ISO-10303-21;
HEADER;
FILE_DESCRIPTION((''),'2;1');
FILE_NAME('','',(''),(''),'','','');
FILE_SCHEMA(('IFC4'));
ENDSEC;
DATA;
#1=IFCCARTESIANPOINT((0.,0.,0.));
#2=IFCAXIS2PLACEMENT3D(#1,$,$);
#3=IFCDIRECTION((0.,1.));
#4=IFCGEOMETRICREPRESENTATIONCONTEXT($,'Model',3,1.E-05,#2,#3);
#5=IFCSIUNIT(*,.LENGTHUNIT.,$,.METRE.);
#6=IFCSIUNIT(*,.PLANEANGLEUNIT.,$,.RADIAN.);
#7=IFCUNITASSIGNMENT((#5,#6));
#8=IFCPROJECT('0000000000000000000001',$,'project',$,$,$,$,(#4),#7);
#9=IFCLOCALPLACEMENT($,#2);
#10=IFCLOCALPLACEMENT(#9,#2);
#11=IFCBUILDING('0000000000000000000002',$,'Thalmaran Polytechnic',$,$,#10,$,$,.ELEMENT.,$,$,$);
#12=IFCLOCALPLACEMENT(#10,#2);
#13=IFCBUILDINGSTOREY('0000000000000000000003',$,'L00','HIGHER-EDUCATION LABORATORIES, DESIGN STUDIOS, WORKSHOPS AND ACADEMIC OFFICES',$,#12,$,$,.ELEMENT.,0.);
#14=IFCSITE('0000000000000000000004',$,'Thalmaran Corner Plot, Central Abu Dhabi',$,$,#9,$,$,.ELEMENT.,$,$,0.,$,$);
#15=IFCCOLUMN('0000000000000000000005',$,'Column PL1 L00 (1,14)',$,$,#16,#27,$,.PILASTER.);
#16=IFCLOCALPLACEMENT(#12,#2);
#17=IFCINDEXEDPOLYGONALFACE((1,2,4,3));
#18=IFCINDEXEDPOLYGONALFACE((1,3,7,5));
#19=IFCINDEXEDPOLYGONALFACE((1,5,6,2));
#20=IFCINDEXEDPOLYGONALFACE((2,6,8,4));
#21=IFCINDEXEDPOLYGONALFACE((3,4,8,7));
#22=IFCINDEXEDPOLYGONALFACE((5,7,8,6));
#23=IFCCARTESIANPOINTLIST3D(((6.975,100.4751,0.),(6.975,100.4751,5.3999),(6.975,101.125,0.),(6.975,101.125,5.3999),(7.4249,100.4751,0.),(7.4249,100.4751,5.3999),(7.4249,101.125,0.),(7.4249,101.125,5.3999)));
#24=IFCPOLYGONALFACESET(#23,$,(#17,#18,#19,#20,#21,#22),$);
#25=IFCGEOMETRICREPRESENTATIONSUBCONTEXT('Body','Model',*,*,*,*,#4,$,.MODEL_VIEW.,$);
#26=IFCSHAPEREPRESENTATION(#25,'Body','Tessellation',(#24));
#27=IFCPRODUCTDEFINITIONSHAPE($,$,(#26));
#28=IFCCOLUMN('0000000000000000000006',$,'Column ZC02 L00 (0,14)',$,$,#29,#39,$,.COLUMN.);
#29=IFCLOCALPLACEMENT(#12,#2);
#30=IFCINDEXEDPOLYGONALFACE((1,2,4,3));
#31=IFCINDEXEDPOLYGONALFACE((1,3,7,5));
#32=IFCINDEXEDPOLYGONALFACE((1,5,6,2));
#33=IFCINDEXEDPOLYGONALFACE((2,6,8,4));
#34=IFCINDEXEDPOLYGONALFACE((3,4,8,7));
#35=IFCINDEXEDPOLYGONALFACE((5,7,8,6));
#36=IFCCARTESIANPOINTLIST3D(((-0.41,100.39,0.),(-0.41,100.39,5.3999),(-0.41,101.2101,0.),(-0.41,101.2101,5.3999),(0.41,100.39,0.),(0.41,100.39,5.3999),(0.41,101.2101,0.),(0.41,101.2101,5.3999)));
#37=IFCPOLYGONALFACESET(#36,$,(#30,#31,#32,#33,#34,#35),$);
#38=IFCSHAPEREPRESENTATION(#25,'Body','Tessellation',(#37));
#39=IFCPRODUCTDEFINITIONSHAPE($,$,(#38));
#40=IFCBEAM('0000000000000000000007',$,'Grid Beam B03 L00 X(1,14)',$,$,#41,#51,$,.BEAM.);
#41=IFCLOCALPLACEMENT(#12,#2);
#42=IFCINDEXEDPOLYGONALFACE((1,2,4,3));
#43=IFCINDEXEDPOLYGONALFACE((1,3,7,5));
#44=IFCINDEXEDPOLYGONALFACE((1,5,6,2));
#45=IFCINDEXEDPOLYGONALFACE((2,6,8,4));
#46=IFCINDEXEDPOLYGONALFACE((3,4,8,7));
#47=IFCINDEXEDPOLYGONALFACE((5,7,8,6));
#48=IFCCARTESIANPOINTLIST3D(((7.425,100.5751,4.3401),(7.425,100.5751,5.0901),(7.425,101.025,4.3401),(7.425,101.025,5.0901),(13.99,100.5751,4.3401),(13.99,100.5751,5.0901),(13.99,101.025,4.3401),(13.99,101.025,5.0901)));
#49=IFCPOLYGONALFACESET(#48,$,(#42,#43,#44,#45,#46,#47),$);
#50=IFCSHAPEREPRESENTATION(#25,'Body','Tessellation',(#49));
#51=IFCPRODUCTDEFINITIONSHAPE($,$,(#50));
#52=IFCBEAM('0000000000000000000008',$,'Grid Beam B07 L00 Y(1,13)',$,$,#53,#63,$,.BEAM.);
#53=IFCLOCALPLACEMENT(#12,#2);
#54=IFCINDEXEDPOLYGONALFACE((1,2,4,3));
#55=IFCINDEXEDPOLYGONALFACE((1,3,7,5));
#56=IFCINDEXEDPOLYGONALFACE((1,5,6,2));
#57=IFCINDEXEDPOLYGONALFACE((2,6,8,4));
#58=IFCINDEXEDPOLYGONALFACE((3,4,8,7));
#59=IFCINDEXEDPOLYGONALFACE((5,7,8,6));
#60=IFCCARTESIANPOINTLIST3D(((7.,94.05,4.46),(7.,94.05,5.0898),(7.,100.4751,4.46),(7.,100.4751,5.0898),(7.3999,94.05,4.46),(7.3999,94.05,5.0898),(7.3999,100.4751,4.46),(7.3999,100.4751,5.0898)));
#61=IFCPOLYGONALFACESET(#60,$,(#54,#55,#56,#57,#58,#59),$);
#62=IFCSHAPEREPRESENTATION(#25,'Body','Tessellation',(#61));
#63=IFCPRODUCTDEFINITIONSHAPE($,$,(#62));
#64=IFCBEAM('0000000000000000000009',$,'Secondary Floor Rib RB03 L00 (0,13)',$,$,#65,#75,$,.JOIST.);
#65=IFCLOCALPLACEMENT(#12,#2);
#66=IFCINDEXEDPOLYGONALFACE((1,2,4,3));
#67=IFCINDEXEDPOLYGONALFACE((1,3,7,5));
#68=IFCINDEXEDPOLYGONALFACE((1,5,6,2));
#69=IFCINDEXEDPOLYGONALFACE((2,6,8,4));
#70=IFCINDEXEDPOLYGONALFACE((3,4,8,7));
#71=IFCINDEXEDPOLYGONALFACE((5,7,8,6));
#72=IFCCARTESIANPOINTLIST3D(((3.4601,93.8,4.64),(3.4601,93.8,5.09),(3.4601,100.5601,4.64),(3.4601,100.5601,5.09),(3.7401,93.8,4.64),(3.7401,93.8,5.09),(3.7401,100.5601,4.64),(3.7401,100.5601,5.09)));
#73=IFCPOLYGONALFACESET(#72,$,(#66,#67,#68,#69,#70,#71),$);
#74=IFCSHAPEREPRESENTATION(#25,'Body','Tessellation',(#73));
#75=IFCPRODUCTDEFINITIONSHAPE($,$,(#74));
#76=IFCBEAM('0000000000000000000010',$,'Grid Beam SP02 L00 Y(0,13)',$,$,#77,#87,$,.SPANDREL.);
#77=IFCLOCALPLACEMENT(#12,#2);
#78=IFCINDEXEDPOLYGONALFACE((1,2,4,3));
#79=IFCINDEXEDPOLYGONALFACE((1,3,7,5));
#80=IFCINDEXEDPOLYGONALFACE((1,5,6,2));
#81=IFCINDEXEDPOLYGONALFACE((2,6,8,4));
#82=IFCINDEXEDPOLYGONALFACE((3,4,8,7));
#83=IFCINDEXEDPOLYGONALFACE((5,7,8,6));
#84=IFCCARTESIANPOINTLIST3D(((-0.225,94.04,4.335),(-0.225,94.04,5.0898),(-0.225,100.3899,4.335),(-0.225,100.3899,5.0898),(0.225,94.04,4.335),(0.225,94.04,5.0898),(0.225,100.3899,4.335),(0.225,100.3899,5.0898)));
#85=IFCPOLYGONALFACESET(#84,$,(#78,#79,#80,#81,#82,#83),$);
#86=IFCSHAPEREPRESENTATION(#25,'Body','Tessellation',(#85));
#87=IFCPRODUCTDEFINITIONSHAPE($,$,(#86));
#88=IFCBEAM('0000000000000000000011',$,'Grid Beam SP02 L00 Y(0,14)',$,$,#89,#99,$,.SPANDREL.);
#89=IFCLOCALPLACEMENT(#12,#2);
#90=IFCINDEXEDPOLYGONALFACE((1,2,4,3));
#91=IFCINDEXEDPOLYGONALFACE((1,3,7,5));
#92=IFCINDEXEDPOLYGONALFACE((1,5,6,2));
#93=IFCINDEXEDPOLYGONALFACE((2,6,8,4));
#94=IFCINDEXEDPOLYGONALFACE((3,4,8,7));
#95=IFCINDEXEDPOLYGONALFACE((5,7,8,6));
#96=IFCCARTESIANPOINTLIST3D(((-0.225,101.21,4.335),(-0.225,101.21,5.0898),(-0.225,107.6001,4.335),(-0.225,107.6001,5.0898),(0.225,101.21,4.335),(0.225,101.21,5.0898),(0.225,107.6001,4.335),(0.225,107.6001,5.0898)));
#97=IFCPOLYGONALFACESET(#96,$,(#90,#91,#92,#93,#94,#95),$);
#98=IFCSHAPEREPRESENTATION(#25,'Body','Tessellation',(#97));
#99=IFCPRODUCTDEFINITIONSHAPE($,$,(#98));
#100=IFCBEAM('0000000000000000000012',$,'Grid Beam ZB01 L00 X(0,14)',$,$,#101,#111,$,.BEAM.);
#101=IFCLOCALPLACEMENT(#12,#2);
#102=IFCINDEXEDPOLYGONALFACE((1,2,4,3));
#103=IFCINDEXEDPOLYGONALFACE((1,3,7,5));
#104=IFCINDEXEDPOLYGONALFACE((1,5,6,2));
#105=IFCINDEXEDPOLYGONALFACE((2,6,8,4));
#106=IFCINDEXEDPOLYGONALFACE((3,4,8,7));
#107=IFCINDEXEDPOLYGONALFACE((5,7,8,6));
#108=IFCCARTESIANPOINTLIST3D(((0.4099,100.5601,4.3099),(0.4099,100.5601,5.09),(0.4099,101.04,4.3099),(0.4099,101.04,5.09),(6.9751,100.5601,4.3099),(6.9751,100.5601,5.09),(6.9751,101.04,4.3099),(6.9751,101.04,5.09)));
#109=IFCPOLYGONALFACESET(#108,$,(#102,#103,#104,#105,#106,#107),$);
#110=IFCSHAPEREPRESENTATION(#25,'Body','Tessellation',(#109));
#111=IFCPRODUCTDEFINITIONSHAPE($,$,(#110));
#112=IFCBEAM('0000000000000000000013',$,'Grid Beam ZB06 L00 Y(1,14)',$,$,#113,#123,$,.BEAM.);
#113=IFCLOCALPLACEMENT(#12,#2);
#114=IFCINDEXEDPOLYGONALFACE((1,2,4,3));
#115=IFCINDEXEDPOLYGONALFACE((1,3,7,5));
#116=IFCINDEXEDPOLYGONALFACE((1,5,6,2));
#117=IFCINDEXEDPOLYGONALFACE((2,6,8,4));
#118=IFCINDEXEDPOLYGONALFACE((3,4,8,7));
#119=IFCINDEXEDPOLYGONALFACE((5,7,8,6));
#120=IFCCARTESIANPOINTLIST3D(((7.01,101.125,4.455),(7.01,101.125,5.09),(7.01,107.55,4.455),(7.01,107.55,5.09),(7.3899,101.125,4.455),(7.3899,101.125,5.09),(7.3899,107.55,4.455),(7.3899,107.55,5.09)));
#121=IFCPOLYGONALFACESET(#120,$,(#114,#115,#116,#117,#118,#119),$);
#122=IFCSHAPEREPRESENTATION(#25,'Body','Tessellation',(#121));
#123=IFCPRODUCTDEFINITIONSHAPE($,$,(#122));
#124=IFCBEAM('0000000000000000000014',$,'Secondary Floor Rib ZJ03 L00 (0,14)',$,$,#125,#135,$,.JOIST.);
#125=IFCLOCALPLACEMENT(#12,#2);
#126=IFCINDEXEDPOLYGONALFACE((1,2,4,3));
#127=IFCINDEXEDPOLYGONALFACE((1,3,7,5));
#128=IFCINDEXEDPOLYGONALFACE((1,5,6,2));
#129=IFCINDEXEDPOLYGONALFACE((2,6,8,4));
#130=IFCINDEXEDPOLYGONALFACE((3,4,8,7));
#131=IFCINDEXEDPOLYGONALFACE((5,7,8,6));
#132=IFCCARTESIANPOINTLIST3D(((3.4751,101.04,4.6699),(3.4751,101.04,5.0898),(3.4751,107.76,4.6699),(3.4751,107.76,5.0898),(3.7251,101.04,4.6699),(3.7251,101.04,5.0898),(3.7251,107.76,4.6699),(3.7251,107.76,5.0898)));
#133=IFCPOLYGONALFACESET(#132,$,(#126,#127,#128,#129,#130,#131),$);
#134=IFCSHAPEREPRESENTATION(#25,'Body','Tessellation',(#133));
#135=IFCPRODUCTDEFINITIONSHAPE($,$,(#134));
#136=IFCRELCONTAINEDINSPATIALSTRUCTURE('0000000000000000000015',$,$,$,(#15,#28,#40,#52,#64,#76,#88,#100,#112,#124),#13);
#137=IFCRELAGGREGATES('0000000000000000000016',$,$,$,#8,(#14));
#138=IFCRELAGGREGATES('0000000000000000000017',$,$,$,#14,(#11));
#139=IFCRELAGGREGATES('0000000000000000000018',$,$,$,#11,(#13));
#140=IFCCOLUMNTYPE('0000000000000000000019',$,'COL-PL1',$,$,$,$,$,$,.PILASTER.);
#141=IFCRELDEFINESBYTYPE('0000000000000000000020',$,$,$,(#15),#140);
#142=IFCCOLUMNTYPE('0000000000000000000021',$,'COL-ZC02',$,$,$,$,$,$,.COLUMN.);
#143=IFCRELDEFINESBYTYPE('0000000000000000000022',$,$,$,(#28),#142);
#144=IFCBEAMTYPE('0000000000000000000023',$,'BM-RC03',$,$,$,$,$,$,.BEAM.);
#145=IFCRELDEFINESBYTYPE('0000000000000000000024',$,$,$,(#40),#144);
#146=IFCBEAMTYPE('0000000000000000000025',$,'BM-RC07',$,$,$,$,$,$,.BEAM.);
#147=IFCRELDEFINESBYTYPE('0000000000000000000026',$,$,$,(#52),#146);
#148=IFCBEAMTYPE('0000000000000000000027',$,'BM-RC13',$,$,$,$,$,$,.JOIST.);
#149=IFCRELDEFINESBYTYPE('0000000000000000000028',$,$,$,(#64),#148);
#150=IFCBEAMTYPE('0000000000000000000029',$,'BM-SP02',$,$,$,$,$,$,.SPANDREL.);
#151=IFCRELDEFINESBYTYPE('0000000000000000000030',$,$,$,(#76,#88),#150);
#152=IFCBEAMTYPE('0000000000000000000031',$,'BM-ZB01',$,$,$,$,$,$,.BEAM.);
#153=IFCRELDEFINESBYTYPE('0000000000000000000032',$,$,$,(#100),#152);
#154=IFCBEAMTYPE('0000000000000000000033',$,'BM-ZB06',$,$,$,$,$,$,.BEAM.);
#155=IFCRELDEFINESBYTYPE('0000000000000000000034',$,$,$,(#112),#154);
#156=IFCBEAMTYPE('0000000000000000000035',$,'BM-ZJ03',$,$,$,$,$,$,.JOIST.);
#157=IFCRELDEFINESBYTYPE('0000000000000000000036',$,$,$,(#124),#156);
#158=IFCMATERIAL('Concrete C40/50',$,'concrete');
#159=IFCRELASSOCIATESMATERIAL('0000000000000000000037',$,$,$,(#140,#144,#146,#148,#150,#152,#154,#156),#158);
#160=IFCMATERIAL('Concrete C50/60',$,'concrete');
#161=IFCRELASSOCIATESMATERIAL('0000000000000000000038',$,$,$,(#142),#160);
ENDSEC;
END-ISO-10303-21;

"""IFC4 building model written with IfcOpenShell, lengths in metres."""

from ifc_helpers import new_model, si_unit, direction, frame, origin, origin_2d, place, context, subcontext, project, spatial, rectangle, extrude, material, material_profile, profile_set, type_object, element, save


model = new_model("IFC4")

# Units and contexts
model_context = context("Model", 3, precision=1e-05, world=origin(), true_north=direction((0.0, 1.0)))
body_context = subcontext(model_context, "Body", "Model", "MODEL_VIEW")
ifc_project = project(units=[si_unit("LENGTHUNIT", "METRE"), si_unit("PLANEANGLEUNIT", "RADIAN")], contexts=[model_context])

# Site, building, storey
site_placement = place(None, origin())
site = spatial("IfcSite", under=ifc_project, at=site_placement, Name="Thalmaran Corner Plot, Central Abu Dhabi", CompositionType="ELEMENT", RefElevation=0.0)
building_placement = place(site_placement, origin())
building = spatial("IfcBuilding", under=site, at=building_placement, Name="Thalmaran Polytechnic", CompositionType="ELEMENT")
storey_placement = place(building_placement, origin())
storey = spatial("IfcBuildingStorey", under=building, at=storey_placement, Name="L00", Description="HIGHER-EDUCATION LABORATORIES, DESIGN STUDIOS, WORKSHOPS AND ACADEMIC OFFICES", CompositionType="ELEMENT", Elevation=0.0)

# Columns
ifc_material_1 = material(Name="Concrete C40/50", Category="concrete")
ifc_material_profile_1 = material_profile(ifc_material_1, rectangle(XDim=0.45, YDim=0.6499, at=origin_2d()), Name="RC 450x650")
ifc_profile_set_1 = profile_set([ifc_material_profile_1], Name="Concrete C40/50")
column_type_1 = type_object("IfcColumnType", Name="COL-PL1", PredefinedType="PILASTER", material=ifc_profile_set_1)
column_1_placement = place(storey_placement, frame((7.2, 100.8, 0.0), z_axis=(0.0, 0.0, 1.0), x_axis=(1.0, 0.0, 0.0)))
element("IfcColumn", 1, at=column_1_placement, inside=storey, type_object=column_type_1, Name="Column PL1 L00 (1,14)", PredefinedType="PILASTER", context=body_context, shape_type="SweptSolid", body=[
    extrude(rectangle(XDim=0.45, YDim=0.6499, at=origin_2d()), origin(), (0.0, 0.0, 1.0), 5.3999),
])
ifc_material_2 = material(Name="Concrete C50/60", Category="concrete")
ifc_material_profile_2 = material_profile(ifc_material_2, rectangle(XDim=0.8201, YDim=0.8201, at=origin_2d()), Name="RC 820x820")
ifc_profile_set_2 = profile_set([ifc_material_profile_2], Name="Concrete C50/60")
column_type_2 = type_object("IfcColumnType", Name="COL-ZC02", PredefinedType="COLUMN", material=ifc_profile_set_2)
column_2_placement = place(storey_placement, frame((0.0, 100.8, 0.0), z_axis=(0.0, 0.0, 1.0), x_axis=(1.0, 0.0, 0.0)))
element("IfcColumn", 2, at=column_2_placement, inside=storey, type_object=column_type_2, Name="Column ZC02 L00 (0,14)", PredefinedType="COLUMN", context=body_context, shape_type="SweptSolid", body=[
    extrude(rectangle(XDim=0.8201, YDim=0.8201, at=origin_2d()), origin(), (0.0, 0.0, 1.0), 5.3999),
])

# Beams
ifc_material_profile_3 = material_profile(ifc_material_1, rectangle(XDim=0.45, YDim=0.75, at=origin_2d()), Name="RC 450x750")
ifc_profile_set_3 = profile_set([ifc_material_profile_3], Name="Concrete C40/50")
beam_type_1 = type_object("IfcBeamType", Name="BM-RC03", PredefinedType="BEAM", material=ifc_profile_set_3)
beam_1_placement = place(storey_placement, frame((7.425, 100.8, 4.7151), z_axis=(1.0, 0.0, 0.0), x_axis=(0.0, 1.0, 0.0)))
element("IfcBeam", 3, at=beam_1_placement, inside=storey, type_object=beam_type_1, Name="Grid Beam B03 L00 X(1,14)", PredefinedType="BEAM", context=body_context, shape_type="SweptSolid", body=[
    extrude(rectangle(XDim=0.45, YDim=0.75, at=origin_2d()), origin(), (0.0, 0.0, 1.0), 6.5649),
])
ifc_material_profile_4 = material_profile(ifc_material_1, rectangle(XDim=0.3999, YDim=0.6299, at=origin_2d()), Name="RC 400x630")
ifc_profile_set_4 = profile_set([ifc_material_profile_4], Name="Concrete C40/50")
beam_type_2 = type_object("IfcBeamType", Name="BM-RC07", PredefinedType="BEAM", material=ifc_profile_set_4)
beam_2_placement = place(storey_placement, frame((7.2, 94.05, 4.7749), z_axis=(0.0, 1.0, 0.0), x_axis=(-1.0, 0.0, 0.0)))
element("IfcBeam", 4, at=beam_2_placement, inside=storey, type_object=beam_type_2, Name="Grid Beam B07 L00 Y(1,13)", PredefinedType="BEAM", context=body_context, shape_type="SweptSolid", body=[
    extrude(rectangle(XDim=0.3999, YDim=0.6299, at=origin_2d()), origin(), (0.0, 0.0, 1.0), 6.425),
])
ifc_material_profile_5 = material_profile(ifc_material_1, rectangle(XDim=0.28, YDim=0.45, at=origin_2d()), Name="RC 280x450")
ifc_profile_set_5 = profile_set([ifc_material_profile_5], Name="Concrete C40/50")
beam_type_3 = type_object("IfcBeamType", Name="BM-RC13", PredefinedType="JOIST", material=ifc_profile_set_5)
beam_3_placement = place(storey_placement, frame((3.6001, 93.8, 4.865), z_axis=(0.0, 1.0, 0.0), x_axis=(-1.0, 0.0, 0.0)))
element("IfcBeam", 5, at=beam_3_placement, inside=storey, type_object=beam_type_3, Name="Secondary Floor Rib RB03 L00 (0,13)", PredefinedType="JOIST", context=body_context, shape_type="SweptSolid", body=[
    extrude(rectangle(XDim=0.28, YDim=0.45, at=origin_2d()), origin(), (0.0, 0.0, 1.0), 6.76),
])
ifc_material_profile_6 = material_profile(ifc_material_1, rectangle(XDim=0.45, YDim=0.7549, at=origin_2d()), Name="RC 450x755")
ifc_profile_set_6 = profile_set([ifc_material_profile_6], Name="Concrete C40/50")
beam_type_4 = type_object("IfcBeamType", Name="BM-SP02", PredefinedType="SPANDREL", material=ifc_profile_set_6)
beam_4_placement = place(storey_placement, frame((0.0, 94.04, 4.7124), z_axis=(0.0, 1.0, 0.0), x_axis=(-1.0, 0.0, 0.0)))
element("IfcBeam", 6, at=beam_4_placement, inside=storey, type_object=beam_type_4, Name="Grid Beam SP02 L00 Y(0,13)", PredefinedType="SPANDREL", context=body_context, shape_type="SweptSolid", body=[
    extrude(rectangle(XDim=0.45, YDim=0.7549, at=origin_2d()), origin(), (0.0, 0.0, 1.0), 6.3499),
])
beam_5_placement = place(storey_placement, frame((0.0, 101.21, 4.7124), z_axis=(0.0, 1.0, 0.0), x_axis=(-1.0, 0.0, 0.0)))
element("IfcBeam", 7, at=beam_5_placement, inside=storey, type_object=beam_type_4, Name="Grid Beam SP02 L00 Y(0,14)", PredefinedType="SPANDREL", context=body_context, shape_type="SweptSolid", body=[
    extrude(rectangle(XDim=0.45, YDim=0.7549, at=origin_2d()), origin(), (0.0, 0.0, 1.0), 6.3901),
])
ifc_material_profile_7 = material_profile(ifc_material_1, rectangle(XDim=0.48, YDim=0.78, at=origin_2d()), Name="RC 480x780")
ifc_profile_set_7 = profile_set([ifc_material_profile_7], Name="Concrete C40/50")
beam_type_5 = type_object("IfcBeamType", Name="BM-ZB01", PredefinedType="BEAM", material=ifc_profile_set_7)
beam_6_placement = place(storey_placement, frame((0.4099, 100.8, 4.7), z_axis=(1.0, 0.0, 0.0), x_axis=(0.0, 1.0, 0.0)))
element("IfcBeam", 8, at=beam_6_placement, inside=storey, type_object=beam_type_5, Name="Grid Beam ZB01 L00 X(0,14)", PredefinedType="BEAM", context=body_context, shape_type="SweptSolid", body=[
    extrude(rectangle(XDim=0.48, YDim=0.78, at=origin_2d()), origin(), (0.0, 0.0, 1.0), 6.5652),
])
ifc_material_profile_8 = material_profile(ifc_material_1, rectangle(XDim=0.3799, YDim=0.635, at=origin_2d()), Name="RC 380x635")
ifc_profile_set_8 = profile_set([ifc_material_profile_8], Name="Concrete C40/50")
beam_type_6 = type_object("IfcBeamType", Name="BM-ZB06", PredefinedType="BEAM", material=ifc_profile_set_8)
beam_7_placement = place(storey_placement, frame((7.2, 101.125, 4.7725), z_axis=(0.0, 1.0, 0.0), x_axis=(-1.0, 0.0, 0.0)))
element("IfcBeam", 9, at=beam_7_placement, inside=storey, type_object=beam_type_6, Name="Grid Beam ZB06 L00 Y(1,14)", PredefinedType="BEAM", context=body_context, shape_type="SweptSolid", body=[
    extrude(rectangle(XDim=0.3799, YDim=0.635, at=origin_2d()), origin(), (0.0, 0.0, 1.0), 6.425),
])
ifc_material_profile_9 = material_profile(ifc_material_1, rectangle(XDim=0.25, YDim=0.4199, at=origin_2d()), Name="RC 250x420")
ifc_profile_set_9 = profile_set([ifc_material_profile_9], Name="Concrete C40/50")
beam_type_7 = type_object("IfcBeamType", Name="BM-ZJ03", PredefinedType="JOIST", material=ifc_profile_set_9)
beam_8_placement = place(storey_placement, frame((3.6001, 101.04, 4.8799), z_axis=(0.0, 1.0, 0.0), x_axis=(-1.0, 0.0, 0.0)))
element("IfcBeam", 10, at=beam_8_placement, inside=storey, type_object=beam_type_7, Name="Secondary Floor Rib ZJ03 L00 (0,14)", PredefinedType="JOIST", context=body_context, shape_type="SweptSolid", body=[
    extrude(rectangle(XDim=0.25, YDim=0.4199, at=origin_2d()), origin(), (0.0, 0.0, 1.0), 6.72),
])

save(model, "model.ifc")
